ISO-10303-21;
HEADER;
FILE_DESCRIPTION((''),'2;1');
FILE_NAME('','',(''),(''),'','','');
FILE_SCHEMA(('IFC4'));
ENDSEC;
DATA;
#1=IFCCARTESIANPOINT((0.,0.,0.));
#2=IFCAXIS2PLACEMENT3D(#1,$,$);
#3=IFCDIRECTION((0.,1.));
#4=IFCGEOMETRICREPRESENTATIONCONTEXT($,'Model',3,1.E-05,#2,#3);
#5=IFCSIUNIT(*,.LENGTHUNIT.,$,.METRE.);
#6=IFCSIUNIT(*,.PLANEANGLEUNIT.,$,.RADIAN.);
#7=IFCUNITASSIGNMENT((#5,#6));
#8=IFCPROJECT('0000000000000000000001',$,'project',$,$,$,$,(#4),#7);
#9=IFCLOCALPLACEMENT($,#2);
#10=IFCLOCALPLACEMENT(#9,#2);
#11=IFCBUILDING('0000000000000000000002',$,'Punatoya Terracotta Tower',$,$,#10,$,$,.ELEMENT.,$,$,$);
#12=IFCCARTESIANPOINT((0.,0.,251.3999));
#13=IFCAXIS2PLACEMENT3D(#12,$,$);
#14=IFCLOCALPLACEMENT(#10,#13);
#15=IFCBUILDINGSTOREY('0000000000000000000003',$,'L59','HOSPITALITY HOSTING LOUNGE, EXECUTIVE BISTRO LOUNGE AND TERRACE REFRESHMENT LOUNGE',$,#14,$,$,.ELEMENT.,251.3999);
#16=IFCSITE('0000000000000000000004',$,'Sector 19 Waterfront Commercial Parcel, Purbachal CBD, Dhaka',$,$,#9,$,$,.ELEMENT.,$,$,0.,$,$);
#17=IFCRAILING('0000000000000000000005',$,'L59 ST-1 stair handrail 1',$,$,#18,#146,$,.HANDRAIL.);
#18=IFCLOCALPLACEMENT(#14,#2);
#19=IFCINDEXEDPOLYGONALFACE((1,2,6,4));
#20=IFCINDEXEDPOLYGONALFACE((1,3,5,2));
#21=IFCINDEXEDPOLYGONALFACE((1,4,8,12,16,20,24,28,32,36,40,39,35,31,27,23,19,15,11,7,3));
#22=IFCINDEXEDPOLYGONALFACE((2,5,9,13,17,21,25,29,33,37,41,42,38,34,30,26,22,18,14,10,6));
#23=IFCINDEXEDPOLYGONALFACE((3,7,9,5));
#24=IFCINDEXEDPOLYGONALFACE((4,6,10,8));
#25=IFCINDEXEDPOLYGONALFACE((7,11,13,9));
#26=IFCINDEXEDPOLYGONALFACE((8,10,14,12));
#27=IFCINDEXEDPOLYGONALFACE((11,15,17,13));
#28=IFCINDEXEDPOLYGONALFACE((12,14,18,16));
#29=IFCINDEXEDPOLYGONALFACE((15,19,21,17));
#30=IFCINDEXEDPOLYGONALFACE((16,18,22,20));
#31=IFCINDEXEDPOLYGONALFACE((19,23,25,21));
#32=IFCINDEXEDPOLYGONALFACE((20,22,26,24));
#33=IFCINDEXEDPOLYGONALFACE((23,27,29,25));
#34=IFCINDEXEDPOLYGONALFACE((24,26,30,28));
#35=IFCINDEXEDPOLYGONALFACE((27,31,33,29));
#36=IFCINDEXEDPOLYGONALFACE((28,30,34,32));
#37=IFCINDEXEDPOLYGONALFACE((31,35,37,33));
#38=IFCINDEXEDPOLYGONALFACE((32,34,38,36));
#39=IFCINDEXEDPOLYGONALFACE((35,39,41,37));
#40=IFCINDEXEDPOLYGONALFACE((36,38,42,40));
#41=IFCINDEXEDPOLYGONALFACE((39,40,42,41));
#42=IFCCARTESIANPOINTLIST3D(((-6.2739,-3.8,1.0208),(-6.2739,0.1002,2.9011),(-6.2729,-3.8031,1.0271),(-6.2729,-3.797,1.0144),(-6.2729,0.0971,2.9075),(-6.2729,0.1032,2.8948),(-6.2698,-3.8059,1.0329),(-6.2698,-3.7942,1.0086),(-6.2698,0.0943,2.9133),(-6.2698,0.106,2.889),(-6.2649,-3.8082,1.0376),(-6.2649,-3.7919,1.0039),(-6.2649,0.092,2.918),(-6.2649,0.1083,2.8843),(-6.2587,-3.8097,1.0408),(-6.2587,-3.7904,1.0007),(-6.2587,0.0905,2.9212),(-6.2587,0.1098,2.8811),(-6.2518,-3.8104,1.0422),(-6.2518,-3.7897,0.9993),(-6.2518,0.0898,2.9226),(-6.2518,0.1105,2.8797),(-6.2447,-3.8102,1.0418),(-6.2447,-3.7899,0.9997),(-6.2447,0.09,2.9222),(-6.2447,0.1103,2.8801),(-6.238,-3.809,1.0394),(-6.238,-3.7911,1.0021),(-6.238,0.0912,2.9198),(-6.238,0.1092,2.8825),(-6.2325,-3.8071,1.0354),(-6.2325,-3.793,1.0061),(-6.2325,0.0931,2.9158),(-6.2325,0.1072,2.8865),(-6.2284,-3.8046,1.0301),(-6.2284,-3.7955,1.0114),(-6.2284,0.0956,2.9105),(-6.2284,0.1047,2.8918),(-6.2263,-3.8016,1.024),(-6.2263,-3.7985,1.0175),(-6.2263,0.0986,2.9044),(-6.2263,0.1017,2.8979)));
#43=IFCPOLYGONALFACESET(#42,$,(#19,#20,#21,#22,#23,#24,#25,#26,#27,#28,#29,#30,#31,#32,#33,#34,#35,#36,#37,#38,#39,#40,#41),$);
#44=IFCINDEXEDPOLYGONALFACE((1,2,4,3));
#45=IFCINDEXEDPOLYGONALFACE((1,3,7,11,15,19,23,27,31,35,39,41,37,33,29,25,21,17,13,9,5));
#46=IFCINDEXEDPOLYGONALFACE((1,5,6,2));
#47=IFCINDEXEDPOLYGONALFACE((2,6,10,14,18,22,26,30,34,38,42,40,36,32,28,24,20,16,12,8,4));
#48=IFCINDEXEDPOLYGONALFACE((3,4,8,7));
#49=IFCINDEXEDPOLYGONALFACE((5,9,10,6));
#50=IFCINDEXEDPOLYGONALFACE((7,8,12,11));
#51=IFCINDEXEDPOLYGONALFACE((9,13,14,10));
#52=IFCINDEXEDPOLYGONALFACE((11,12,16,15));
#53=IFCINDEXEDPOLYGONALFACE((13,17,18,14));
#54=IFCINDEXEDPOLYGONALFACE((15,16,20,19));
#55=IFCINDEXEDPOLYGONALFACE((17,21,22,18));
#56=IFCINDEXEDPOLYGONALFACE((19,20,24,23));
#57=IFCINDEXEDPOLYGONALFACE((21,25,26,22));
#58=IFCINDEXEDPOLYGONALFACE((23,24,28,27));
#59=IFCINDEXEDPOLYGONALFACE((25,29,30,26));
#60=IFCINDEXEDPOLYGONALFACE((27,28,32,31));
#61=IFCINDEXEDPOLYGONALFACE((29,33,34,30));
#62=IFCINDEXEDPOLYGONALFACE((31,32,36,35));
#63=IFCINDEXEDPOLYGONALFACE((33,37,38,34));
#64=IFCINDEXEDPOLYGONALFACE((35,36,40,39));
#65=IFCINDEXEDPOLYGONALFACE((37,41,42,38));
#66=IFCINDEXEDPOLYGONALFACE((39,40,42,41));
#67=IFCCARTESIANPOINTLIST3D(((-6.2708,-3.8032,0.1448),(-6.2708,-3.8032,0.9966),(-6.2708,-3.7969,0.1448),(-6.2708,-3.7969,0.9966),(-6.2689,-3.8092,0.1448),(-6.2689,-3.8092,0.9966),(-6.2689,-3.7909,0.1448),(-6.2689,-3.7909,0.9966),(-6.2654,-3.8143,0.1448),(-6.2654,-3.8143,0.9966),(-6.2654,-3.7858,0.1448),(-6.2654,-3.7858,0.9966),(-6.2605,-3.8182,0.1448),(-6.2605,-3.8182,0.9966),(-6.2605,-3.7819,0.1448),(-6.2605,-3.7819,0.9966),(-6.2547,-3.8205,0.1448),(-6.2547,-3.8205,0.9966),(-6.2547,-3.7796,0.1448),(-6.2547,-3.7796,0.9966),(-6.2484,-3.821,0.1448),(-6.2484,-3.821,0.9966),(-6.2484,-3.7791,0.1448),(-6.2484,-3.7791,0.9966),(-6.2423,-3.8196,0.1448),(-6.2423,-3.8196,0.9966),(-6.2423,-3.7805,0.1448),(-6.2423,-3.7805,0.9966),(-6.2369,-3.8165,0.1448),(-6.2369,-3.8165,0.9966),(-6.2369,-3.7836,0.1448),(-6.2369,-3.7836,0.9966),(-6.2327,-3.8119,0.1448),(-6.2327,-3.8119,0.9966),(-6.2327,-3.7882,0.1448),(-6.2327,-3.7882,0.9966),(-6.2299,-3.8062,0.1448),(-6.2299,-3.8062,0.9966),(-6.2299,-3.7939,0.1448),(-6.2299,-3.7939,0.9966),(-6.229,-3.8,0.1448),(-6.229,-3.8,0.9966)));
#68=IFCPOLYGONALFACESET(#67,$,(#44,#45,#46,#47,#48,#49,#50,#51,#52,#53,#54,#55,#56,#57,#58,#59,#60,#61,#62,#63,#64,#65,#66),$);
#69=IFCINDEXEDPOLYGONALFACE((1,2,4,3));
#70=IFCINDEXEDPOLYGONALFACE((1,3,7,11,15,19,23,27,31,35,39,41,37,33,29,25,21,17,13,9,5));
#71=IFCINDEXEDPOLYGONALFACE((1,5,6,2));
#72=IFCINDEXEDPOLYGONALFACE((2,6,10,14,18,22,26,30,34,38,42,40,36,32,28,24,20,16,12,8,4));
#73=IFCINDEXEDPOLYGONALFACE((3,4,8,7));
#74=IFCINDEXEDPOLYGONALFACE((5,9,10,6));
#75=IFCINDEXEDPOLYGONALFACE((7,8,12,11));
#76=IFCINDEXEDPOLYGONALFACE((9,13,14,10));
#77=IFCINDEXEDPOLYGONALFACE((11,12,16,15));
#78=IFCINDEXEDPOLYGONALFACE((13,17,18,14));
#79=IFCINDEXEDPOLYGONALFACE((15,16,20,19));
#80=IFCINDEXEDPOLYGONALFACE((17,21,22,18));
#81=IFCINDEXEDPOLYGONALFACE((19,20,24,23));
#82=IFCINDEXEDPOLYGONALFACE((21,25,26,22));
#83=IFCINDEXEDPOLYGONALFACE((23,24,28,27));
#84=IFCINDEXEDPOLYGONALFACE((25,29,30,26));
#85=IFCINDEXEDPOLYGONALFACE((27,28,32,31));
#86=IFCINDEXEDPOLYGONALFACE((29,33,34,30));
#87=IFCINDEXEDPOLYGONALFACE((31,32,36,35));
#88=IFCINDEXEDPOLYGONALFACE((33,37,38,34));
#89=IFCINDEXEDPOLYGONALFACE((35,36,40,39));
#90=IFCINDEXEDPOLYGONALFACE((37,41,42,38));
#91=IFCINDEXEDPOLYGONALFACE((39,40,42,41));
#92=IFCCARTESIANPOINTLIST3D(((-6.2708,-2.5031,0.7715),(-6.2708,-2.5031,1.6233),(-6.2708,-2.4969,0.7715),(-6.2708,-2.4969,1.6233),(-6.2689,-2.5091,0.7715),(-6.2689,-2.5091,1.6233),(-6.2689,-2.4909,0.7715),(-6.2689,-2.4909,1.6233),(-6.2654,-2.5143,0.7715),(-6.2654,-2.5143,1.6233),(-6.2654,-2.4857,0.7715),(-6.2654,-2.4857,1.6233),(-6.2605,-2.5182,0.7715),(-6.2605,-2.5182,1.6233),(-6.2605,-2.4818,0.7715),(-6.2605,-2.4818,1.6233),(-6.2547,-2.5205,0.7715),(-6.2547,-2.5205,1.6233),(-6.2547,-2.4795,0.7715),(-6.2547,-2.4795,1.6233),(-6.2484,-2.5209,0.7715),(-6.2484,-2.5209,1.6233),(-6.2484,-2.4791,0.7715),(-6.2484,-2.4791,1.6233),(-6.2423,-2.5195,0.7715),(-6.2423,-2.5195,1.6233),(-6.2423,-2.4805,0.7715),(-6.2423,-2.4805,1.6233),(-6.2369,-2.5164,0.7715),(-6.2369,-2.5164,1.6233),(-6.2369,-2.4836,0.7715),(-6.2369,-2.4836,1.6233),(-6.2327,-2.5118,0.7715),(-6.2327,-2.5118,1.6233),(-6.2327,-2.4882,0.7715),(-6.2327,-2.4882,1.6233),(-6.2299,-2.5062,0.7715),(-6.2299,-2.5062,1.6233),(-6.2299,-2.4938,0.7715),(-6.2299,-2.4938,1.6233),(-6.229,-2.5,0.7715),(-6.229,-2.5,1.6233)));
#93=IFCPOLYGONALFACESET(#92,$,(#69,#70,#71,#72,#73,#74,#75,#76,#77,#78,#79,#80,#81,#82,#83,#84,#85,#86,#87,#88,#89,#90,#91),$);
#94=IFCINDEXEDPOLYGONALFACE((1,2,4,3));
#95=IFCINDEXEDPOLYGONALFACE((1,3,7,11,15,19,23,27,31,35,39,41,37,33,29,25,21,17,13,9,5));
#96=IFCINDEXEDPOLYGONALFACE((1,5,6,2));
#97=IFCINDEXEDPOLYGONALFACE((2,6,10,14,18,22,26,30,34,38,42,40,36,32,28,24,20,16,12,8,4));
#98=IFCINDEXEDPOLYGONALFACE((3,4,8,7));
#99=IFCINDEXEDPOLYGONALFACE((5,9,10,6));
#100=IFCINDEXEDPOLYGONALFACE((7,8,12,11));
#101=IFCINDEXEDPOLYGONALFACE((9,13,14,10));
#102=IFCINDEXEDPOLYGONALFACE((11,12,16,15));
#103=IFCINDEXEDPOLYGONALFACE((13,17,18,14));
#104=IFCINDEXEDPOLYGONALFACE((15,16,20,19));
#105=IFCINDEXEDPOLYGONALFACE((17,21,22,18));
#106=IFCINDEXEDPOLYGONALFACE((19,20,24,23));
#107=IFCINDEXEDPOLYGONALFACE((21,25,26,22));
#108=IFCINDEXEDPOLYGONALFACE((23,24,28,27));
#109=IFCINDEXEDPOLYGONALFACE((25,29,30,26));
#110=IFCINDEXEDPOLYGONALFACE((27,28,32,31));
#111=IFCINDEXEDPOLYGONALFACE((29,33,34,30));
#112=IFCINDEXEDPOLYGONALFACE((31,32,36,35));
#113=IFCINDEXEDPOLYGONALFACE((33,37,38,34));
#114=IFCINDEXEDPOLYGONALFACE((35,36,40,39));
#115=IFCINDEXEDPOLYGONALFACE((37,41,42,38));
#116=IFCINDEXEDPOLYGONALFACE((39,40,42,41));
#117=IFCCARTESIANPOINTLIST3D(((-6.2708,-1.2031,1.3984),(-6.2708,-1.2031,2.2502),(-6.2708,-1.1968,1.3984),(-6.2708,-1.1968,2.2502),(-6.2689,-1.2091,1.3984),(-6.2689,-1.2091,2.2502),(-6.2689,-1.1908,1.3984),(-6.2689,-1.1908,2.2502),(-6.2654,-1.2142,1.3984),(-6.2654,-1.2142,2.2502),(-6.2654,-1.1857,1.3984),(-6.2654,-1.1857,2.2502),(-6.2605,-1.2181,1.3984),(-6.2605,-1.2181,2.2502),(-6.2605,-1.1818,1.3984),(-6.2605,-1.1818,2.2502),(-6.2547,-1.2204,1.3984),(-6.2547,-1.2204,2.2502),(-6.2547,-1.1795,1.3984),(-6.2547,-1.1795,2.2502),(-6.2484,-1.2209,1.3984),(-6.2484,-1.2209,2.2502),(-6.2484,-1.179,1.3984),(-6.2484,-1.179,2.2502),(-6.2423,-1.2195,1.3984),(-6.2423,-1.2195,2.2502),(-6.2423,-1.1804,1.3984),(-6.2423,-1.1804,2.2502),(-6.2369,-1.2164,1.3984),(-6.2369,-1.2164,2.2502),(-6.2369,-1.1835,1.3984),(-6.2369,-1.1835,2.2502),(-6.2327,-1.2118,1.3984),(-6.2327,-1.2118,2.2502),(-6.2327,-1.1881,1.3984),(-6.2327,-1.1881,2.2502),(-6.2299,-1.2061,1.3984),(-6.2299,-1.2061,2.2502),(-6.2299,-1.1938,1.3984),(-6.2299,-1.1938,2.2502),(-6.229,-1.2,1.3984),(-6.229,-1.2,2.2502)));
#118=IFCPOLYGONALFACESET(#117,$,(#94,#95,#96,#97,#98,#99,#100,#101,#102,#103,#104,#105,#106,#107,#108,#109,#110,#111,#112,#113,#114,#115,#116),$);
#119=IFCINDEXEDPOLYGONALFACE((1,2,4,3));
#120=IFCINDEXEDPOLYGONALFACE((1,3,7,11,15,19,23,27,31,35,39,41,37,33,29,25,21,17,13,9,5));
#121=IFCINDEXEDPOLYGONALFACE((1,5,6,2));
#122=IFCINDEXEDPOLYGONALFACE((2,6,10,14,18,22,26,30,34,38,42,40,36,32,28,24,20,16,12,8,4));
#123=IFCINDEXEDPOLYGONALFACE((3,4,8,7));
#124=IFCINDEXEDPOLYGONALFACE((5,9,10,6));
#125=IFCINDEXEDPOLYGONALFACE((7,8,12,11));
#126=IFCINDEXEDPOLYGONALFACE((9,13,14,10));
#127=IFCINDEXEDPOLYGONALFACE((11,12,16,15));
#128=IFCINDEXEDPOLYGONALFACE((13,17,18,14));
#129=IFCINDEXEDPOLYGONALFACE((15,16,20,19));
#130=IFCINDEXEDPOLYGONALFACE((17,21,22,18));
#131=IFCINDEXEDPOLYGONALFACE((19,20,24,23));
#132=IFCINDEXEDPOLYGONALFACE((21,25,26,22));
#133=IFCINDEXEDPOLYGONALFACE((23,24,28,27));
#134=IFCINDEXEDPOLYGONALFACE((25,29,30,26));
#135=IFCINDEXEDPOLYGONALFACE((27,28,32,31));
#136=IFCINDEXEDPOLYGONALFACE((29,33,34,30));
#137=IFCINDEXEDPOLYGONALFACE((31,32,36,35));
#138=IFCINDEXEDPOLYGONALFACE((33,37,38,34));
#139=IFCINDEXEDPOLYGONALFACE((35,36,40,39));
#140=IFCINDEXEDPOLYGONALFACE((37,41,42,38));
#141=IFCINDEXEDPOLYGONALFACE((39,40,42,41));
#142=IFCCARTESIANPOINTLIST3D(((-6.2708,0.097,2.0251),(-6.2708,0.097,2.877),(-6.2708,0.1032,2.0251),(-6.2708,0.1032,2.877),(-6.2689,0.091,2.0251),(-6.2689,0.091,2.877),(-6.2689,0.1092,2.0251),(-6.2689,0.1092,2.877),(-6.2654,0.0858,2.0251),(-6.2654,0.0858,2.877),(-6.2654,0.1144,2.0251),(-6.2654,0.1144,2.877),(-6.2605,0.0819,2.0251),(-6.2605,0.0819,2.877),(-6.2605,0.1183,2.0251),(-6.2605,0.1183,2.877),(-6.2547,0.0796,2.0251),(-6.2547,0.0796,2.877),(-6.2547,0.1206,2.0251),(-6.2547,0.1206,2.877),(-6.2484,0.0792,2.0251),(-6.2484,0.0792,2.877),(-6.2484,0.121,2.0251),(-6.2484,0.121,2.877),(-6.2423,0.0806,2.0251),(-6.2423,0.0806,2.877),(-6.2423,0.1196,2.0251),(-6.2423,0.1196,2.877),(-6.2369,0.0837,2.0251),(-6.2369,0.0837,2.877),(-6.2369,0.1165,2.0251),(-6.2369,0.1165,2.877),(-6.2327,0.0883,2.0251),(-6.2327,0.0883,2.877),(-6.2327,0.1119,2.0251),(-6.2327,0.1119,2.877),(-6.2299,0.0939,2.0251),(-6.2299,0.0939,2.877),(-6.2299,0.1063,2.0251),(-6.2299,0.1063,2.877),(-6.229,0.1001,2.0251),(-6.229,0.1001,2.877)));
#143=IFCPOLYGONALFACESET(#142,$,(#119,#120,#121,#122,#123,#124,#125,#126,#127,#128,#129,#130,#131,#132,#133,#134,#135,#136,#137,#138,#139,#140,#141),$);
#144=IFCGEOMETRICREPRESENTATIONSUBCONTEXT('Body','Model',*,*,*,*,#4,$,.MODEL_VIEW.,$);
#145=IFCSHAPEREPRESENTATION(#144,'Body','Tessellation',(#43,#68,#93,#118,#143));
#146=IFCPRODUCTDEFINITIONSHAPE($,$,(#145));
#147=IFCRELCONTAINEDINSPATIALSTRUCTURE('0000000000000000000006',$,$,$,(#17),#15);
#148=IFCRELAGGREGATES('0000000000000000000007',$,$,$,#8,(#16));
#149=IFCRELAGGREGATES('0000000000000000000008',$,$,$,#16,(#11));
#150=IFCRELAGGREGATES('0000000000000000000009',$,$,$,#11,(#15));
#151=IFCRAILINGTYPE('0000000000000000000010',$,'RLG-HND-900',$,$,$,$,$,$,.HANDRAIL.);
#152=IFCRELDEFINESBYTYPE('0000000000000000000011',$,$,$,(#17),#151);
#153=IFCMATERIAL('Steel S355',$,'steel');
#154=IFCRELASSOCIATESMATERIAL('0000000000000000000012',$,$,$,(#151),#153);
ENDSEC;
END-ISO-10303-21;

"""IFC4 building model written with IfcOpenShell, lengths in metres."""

from ifc_helpers import new_model, si_unit, direction, frame, origin, origin_2d, place, context, subcontext, project, spatial, circle, extrude, material, type_object, element, save


model = new_model("IFC4")

# Units and contexts
model_context = context("Model", 3, precision=1e-05, world=origin(), true_north=direction((0.0, 1.0)))
body_context = subcontext(model_context, "Body", "Model", "MODEL_VIEW")
ifc_project = project(units=[si_unit("LENGTHUNIT", "METRE"), si_unit("PLANEANGLEUNIT", "RADIAN")], contexts=[model_context])

# Site, building, storey
site_placement = place(None, origin())
site = spatial("IfcSite", under=ifc_project, at=site_placement, Name="Sector 19 Waterfront Commercial Parcel, Purbachal CBD, Dhaka", CompositionType="ELEMENT", RefElevation=0.0)
building_placement = place(site_placement, origin())
building = spatial("IfcBuilding", under=site, at=building_placement, Name="Punatoya Terracotta Tower", CompositionType="ELEMENT")
storey_placement = place(building_placement, frame((0.0, 0.0, 251.3999)))
storey = spatial("IfcBuildingStorey", under=building, at=storey_placement, Name="L59", Description="HOSPITALITY HOSTING LOUNGE, EXECUTIVE BISTRO LOUNGE AND TERRACE REFRESHMENT LOUNGE", CompositionType="ELEMENT", Elevation=251.3999)

# Railing
ifc_material_1 = material(Name="Steel S355", Category="steel")
railing_type_1 = type_object("IfcRailingType", Name="RLG-HND-900", PredefinedType="HANDRAIL", material=ifc_material_1)
railing_1_placement = place(storey_placement, frame((-6.25, -3.8, 0.1448)))
element("IfcRailing", 1, at=railing_1_placement, inside=storey, type_object=railing_type_1, Name="L59 ST-1 stair handrail 1", PredefinedType="HANDRAIL", context=body_context, shape_type="SweptSolid", body=[
    extrude(circle(Radius=0.0239, at=origin_2d()), frame((0.0, 0.0, 0.876), z_axis=(0.0, 0.900774, 0.434289), x_axis=(-1.0, 0.0, 0.0)), (0.0, 0.0, 1.0), 4.3298),
    extrude(circle(Radius=0.021, at=origin_2d()), origin(), (0.0, 0.0, 1.0), 0.8518),
    extrude(circle(Radius=0.021, at=origin_2d()), frame((0.0, 1.3, 0.6267)), (0.0, 0.0, 1.0), 0.8518),
    extrude(circle(Radius=0.021, at=origin_2d()), frame((0.0, 2.6001, 1.2537)), (0.0, 0.0, 1.0), 0.8518),
    extrude(circle(Radius=0.021, at=origin_2d()), frame((0.0, 3.9001, 1.8804)), (0.0, 0.0, 1.0), 0.8518),
])

save(model, "model.ifc")
